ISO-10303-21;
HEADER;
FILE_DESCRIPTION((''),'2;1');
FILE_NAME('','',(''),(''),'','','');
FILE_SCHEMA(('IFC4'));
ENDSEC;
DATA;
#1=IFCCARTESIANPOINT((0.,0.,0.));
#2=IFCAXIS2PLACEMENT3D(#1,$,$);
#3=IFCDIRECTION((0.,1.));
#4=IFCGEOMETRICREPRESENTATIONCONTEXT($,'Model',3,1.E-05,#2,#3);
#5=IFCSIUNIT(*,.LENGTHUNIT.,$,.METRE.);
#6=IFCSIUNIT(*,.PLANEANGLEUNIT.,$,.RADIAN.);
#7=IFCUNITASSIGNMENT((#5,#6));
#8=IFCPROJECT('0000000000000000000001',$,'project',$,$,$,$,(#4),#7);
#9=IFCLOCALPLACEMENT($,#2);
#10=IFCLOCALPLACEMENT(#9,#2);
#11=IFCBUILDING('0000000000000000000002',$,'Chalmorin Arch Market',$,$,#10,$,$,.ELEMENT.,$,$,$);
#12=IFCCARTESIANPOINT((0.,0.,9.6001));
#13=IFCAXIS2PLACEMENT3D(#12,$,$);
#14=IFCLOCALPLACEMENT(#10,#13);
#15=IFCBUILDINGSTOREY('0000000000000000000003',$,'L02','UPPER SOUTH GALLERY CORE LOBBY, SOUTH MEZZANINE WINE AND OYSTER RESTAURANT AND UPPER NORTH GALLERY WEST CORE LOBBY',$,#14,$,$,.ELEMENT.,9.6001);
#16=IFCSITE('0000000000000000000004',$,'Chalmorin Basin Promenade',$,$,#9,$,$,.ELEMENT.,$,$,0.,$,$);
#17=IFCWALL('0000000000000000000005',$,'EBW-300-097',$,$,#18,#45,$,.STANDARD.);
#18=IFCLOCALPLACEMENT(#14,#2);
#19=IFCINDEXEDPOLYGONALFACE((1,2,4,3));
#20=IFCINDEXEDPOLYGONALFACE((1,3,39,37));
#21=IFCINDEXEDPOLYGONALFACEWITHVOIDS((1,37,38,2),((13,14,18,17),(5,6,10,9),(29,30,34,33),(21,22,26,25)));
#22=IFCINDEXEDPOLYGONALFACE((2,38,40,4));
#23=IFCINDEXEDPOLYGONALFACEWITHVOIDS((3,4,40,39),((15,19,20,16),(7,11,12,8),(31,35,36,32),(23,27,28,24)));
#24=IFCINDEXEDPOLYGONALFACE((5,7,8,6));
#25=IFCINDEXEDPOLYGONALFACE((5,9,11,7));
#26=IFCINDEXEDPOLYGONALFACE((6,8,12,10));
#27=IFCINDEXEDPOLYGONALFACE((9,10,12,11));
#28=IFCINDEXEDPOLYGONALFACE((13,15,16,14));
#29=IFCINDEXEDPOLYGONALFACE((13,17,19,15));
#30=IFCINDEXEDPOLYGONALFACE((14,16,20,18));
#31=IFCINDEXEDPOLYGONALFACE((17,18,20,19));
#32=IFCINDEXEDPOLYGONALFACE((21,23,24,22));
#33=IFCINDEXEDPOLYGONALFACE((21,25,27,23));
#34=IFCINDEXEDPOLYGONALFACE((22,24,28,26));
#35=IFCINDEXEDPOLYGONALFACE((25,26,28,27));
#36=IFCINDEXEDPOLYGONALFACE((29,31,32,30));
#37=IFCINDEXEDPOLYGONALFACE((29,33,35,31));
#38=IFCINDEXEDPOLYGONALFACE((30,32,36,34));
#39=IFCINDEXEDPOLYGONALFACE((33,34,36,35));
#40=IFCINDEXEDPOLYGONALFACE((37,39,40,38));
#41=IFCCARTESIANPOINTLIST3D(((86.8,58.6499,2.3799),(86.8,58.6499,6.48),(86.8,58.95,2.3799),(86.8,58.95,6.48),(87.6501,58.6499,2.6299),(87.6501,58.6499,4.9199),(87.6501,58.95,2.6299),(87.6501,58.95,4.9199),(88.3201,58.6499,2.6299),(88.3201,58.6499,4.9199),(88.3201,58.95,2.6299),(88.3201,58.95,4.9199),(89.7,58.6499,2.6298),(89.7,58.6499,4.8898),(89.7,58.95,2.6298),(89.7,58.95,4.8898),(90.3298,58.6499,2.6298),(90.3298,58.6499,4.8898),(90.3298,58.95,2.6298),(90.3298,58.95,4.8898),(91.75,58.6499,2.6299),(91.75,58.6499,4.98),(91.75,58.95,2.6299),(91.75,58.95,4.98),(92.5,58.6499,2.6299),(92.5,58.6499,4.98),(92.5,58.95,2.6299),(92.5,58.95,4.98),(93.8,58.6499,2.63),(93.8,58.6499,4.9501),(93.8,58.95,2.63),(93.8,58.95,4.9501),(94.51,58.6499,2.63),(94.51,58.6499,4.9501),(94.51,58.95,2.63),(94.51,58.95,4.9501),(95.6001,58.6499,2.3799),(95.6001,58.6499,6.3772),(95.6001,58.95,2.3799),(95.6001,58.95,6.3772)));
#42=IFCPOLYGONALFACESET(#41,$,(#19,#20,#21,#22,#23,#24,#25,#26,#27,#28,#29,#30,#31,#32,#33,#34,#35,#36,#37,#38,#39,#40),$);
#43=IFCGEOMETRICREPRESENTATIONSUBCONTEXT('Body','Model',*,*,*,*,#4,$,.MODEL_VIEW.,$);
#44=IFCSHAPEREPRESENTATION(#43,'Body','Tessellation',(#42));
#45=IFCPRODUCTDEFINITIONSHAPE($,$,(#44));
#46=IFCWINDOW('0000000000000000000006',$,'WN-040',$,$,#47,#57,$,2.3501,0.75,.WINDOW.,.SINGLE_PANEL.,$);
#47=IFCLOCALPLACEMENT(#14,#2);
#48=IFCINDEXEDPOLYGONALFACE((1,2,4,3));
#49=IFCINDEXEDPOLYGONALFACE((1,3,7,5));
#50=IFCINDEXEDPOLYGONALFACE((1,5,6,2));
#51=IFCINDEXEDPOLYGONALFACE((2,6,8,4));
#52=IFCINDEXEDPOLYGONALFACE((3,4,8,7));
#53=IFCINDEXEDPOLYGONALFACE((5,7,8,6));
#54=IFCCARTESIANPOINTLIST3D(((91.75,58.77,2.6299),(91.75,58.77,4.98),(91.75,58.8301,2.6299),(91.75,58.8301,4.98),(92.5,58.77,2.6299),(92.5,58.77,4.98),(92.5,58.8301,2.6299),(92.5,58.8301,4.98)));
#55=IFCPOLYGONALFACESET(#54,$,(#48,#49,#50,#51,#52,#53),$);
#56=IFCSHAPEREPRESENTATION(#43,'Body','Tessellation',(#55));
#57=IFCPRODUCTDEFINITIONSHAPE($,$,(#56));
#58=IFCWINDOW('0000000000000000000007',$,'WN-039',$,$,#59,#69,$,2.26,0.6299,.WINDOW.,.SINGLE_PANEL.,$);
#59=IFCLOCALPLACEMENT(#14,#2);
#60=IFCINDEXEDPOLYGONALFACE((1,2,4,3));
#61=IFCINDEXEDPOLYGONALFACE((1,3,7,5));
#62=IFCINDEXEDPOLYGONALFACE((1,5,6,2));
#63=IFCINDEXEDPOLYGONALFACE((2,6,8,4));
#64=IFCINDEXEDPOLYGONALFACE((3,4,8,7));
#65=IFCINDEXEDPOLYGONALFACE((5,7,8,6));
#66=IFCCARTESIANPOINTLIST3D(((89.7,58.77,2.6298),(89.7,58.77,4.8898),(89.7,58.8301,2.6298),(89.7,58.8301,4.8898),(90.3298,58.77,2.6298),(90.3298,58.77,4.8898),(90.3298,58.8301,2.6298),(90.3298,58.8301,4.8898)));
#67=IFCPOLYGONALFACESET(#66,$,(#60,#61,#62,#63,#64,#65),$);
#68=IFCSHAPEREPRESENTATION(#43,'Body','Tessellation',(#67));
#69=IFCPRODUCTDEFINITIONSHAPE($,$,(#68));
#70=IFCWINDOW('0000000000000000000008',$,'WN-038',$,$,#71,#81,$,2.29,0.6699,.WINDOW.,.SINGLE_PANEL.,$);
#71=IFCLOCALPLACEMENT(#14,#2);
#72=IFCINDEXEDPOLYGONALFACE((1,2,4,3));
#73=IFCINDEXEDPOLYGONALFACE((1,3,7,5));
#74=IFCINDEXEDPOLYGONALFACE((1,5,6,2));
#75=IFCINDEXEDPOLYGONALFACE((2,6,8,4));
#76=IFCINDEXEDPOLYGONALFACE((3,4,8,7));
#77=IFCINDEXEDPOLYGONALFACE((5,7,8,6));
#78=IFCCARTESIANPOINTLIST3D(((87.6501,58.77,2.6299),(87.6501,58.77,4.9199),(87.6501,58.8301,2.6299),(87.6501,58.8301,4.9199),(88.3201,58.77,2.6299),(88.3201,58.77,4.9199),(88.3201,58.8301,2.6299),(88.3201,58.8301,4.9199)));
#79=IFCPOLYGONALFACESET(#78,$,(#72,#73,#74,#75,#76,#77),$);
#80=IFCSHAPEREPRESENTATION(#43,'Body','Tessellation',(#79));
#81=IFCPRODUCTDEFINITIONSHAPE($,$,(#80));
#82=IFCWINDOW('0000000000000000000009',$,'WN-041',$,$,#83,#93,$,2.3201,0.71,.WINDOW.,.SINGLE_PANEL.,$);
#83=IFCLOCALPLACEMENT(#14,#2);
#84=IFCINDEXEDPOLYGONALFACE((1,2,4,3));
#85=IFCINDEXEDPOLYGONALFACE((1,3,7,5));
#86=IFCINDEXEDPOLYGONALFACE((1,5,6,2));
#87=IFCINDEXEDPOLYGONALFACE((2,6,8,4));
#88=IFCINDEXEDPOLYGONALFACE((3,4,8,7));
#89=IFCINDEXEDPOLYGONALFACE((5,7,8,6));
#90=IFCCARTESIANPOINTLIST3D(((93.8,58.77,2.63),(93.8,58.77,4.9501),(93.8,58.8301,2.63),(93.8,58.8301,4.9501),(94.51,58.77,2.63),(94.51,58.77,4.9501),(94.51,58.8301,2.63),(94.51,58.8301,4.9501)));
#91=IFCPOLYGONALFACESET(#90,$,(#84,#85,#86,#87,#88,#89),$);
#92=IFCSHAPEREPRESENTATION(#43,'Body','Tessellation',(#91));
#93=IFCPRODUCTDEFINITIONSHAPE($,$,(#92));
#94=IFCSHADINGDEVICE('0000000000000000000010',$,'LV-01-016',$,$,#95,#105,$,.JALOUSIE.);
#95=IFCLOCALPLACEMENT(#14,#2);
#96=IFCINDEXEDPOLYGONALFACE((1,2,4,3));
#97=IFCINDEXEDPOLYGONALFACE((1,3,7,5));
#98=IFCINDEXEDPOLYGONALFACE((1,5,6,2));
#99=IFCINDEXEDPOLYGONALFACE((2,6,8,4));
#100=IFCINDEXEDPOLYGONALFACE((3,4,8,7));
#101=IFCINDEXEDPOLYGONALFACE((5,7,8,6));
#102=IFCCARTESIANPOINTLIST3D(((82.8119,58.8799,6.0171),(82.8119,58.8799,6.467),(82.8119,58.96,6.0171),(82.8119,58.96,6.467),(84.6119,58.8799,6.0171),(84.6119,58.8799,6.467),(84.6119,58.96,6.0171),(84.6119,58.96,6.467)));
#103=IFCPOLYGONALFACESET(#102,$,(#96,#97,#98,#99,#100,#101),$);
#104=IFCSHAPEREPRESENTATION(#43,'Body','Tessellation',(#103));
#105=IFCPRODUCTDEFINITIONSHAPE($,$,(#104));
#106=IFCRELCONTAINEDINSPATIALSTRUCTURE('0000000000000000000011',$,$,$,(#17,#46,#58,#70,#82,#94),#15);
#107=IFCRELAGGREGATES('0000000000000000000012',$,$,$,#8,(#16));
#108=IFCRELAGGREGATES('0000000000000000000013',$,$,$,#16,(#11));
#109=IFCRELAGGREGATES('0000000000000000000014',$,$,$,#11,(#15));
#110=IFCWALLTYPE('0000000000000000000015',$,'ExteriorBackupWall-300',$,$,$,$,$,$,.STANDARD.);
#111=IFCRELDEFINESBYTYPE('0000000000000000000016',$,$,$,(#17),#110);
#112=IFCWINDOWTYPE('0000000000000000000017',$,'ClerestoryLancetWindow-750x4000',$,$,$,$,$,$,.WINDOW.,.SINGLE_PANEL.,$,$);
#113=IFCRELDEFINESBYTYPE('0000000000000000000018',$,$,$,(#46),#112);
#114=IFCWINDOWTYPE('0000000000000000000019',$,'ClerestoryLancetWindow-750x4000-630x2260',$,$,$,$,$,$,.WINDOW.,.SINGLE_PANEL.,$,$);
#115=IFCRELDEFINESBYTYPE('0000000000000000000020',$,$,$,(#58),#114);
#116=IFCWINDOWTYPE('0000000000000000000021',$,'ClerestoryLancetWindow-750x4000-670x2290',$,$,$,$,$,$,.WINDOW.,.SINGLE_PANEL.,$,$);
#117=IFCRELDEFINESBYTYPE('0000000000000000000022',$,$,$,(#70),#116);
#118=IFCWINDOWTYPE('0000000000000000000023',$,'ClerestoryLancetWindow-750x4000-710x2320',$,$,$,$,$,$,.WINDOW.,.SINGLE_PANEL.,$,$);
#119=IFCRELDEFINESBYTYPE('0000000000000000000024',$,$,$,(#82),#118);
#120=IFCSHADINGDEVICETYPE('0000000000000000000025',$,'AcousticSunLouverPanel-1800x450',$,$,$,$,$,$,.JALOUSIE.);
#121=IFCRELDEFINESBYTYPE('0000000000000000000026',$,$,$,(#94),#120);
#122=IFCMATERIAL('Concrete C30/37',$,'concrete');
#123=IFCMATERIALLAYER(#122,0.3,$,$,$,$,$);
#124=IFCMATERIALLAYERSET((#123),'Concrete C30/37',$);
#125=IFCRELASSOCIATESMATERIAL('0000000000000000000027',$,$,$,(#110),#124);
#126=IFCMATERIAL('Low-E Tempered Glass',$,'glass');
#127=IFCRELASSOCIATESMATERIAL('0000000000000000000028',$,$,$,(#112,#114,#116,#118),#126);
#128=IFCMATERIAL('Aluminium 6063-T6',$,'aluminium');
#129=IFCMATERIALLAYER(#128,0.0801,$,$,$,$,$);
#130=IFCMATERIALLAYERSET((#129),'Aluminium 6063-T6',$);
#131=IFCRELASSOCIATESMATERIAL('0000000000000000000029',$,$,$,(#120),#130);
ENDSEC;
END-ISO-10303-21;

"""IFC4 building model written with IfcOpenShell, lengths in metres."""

from ifc_helpers import new_model, si_unit, direction, frame, frame_2d, origin, origin_2d, place, context, subcontext, project, spatial, polyline, rectangle, outline, extrude, material, layer, layer_set, type_object, element, fill, save


model = new_model("IFC4")

# Units and contexts
model_context = context("Model", 3, precision=1e-05, world=origin(), true_north=direction((0.0, 1.0)))
body_context = subcontext(model_context, "Body", "Model", "MODEL_VIEW")
ifc_project = project(units=[si_unit("LENGTHUNIT", "METRE"), si_unit("PLANEANGLEUNIT", "RADIAN")], contexts=[model_context])

# Site, building, storey
site_placement = place(None, origin())
site = spatial("IfcSite", under=ifc_project, at=site_placement, Name="Chalmorin Basin Promenade", CompositionType="ELEMENT", RefElevation=0.0)
building_placement = place(site_placement, origin())
building = spatial("IfcBuilding", under=site, at=building_placement, Name="Chalmorin Arch Market", CompositionType="ELEMENT")
storey_placement = place(building_placement, frame((0.0, 0.0, 9.6001)))
storey = spatial("IfcBuildingStorey", under=building, at=storey_placement, Name="L02", Description="UPPER SOUTH GALLERY CORE LOBBY, SOUTH MEZZANINE WINE AND OYSTER RESTAURANT AND UPPER NORTH GALLERY WEST CORE LOBBY", CompositionType="ELEMENT", Elevation=9.6001)

# Shared definitions
ifc_material_1 = material(Name="Aluminium 6063-T6", Category="aluminium")

# Shared definitions
ifc_material_2 = material(Name="Low-E Tempered Glass", Category="glass")

# Shared definitions
ifc_material_3 = material(Name="Concrete C30/37", Category="concrete")
ifc_layer_1 = layer(ifc_material_3, 0.3)
ifc_layer_set_1 = layer_set([ifc_layer_1], Name="Concrete C30/37")
wall_type = type_object("IfcWallType", Name="ExteriorBackupWall-300", PredefinedType="STANDARD", material=ifc_layer_set_1)

# Wall, openings, windows
wall_1_placement = place(storey_placement, frame((86.8, 58.8, 2.3799), z_axis=(0.0, 0.0, 1.0), x_axis=(1.0, 0.0, 0.0)))
wall_1 = element("IfcWall", 1, at=wall_1_placement, inside=storey, type_object=wall_type, Name="EBW-300-097", PredefinedType="STANDARD", context=body_context, shape_type="SweptSolid", body=[
    extrude(outline(polyline([(0.0, 0.0), (8.8, 0.0), (8.8, 3.9973), (0.0, 4.1001), (0.0, 0.0)])), frame((0.0, 0.1499, 0.0), z_axis=(0.0, -1.0, 0.0), x_axis=(1.0, 0.0, 0.0)), (0.0, 0.0, 1.0), 0.3),
])
opening_1_placement = place(wall_1_placement, frame((0.8501, 0.0, 0.25)))
opening_1 = element("IfcOpeningElement", 2, at=opening_1_placement, cuts=wall_1, PredefinedType="OPENING", context=body_context, shape_type="SweptSolid", body=[
    extrude(rectangle(XDim=0.6699, YDim=2.29, at=frame_2d((0.335, 1.145))), frame((0.0, 0.1599, 0.0), z_axis=(0.0, -1.0, 0.0), x_axis=(1.0, 0.0, 0.0)), (0.0, 0.0, 1.0), 0.3201),
])
opening_2_placement = place(wall_1_placement, frame((2.8999, 0.0, 0.25)))
opening_2 = element("IfcOpeningElement", 3, at=opening_2_placement, cuts=wall_1, PredefinedType="OPENING", context=body_context, shape_type="SweptSolid", body=[
    extrude(rectangle(XDim=0.6299, YDim=2.26, at=frame_2d((0.3149, 1.1299))), frame((0.0, 0.1599, 0.0), z_axis=(0.0, -1.0, 0.0), x_axis=(1.0, 0.0, 0.0)), (0.0, 0.0, 1.0), 0.3201),
])
opening_3_placement = place(wall_1_placement, frame((4.95, 0.0, 0.25)))
opening_3 = element("IfcOpeningElement", 4, at=opening_3_placement, cuts=wall_1, PredefinedType="OPENING", context=body_context, shape_type="SweptSolid", body=[
    extrude(rectangle(XDim=0.75, YDim=2.3501, at=frame_2d((0.375, 1.175))), frame((0.0, 0.1599, 0.0), z_axis=(0.0, -1.0, 0.0), x_axis=(1.0, 0.0, 0.0)), (0.0, 0.0, 1.0), 0.3201),
])
opening_4_placement = place(wall_1_placement, frame((7.0, 0.0, 0.25)))
opening_4 = element("IfcOpeningElement", 5, at=opening_4_placement, cuts=wall_1, PredefinedType="OPENING", context=body_context, shape_type="SweptSolid", body=[
    extrude(rectangle(XDim=0.71, YDim=2.3201, at=frame_2d((0.355, 1.1602))), frame((0.0, 0.1599, 0.0), z_axis=(0.0, -1.0, 0.0), x_axis=(1.0, 0.0, 0.0)), (0.0, 0.0, 1.0), 0.3201),
])
window_type_1 = type_object("IfcWindowType", Name="ClerestoryLancetWindow-750x4000", PartitioningType="SINGLE_PANEL", PredefinedType="WINDOW", material=ifc_material_2)
window_1_placement = place(opening_3_placement, origin())
window_1 = element("IfcWindow", 6, at=window_1_placement, inside=storey, type_object=window_type_1, Name="WN-040", OverallHeight=2.3501, OverallWidth=0.75, PartitioningType="SINGLE_PANEL", PredefinedType="WINDOW", context=body_context, shape_type="SweptSolid", body=[
    extrude(rectangle(XDim=0.75, YDim=2.3501, at=frame_2d((0.375, 1.175))), frame((0.0, 0.03, 0.0), z_axis=(0.0, -1.0, 0.0), x_axis=(1.0, 0.0, 0.0)), (0.0, 0.0, 1.0), 0.0601),
])
fill(opening_3, window_1)
window_type_2 = type_object("IfcWindowType", Name="ClerestoryLancetWindow-750x4000-630x2260", PartitioningType="SINGLE_PANEL", PredefinedType="WINDOW", material=ifc_material_2)
window_2_placement = place(opening_2_placement, origin())
window_2 = element("IfcWindow", 7, at=window_2_placement, inside=storey, type_object=window_type_2, Name="WN-039", OverallHeight=2.26, OverallWidth=0.6299, PartitioningType="SINGLE_PANEL", PredefinedType="WINDOW", context=body_context, shape_type="SweptSolid", body=[
    extrude(rectangle(XDim=0.6299, YDim=2.26, at=frame_2d((0.3149, 1.1299))), frame((0.0, 0.03, 0.0), z_axis=(0.0, -1.0, 0.0), x_axis=(1.0, 0.0, 0.0)), (0.0, 0.0, 1.0), 0.0601),
])
fill(opening_2, window_2)
window_type_3 = type_object("IfcWindowType", Name="ClerestoryLancetWindow-750x4000-670x2290", PartitioningType="SINGLE_PANEL", PredefinedType="WINDOW", material=ifc_material_2)
window_3_placement = place(opening_1_placement, origin())
window_3 = element("IfcWindow", 8, at=window_3_placement, inside=storey, type_object=window_type_3, Name="WN-038", OverallHeight=2.29, OverallWidth=0.6699, PartitioningType="SINGLE_PANEL", PredefinedType="WINDOW", context=body_context, shape_type="SweptSolid", body=[
    extrude(rectangle(XDim=0.6699, YDim=2.29, at=frame_2d((0.335, 1.145))), frame((0.0, 0.03, 0.0), z_axis=(0.0, -1.0, 0.0), x_axis=(1.0, 0.0, 0.0)), (0.0, 0.0, 1.0), 0.0601),
])
fill(opening_1, window_3)
window_type_4 = type_object("IfcWindowType", Name="ClerestoryLancetWindow-750x4000-710x2320", PartitioningType="SINGLE_PANEL", PredefinedType="WINDOW", material=ifc_material_2)
window_4_placement = place(opening_4_placement, origin())
window_4 = element("IfcWindow", 9, at=window_4_placement, inside=storey, type_object=window_type_4, Name="WN-041", OverallHeight=2.3201, OverallWidth=0.71, PartitioningType="SINGLE_PANEL", PredefinedType="WINDOW", context=body_context, shape_type="SweptSolid", body=[
    extrude(rectangle(XDim=0.71, YDim=2.3201, at=frame_2d((0.355, 1.1602))), frame((0.0, 0.03, 0.0), z_axis=(0.0, -1.0, 0.0), x_axis=(1.0, 0.0, 0.0)), (0.0, 0.0, 1.0), 0.0601),
])
fill(opening_4, window_4)

# Shading device
ifc_layer_2 = layer(ifc_material_1, 0.0801)
ifc_layer_set_2 = layer_set([ifc_layer_2], Name="Aluminium 6063-T6")
shading_device_type = type_object("IfcShadingDeviceType", Name="AcousticSunLouverPanel-1800x450", PredefinedType="JALOUSIE", material=ifc_layer_set_2)
shading_device_placement = place(storey_placement, frame((83.7119, 58.9199, 6.0171), z_axis=(0.0, 0.0, 1.0), x_axis=(1.0, 0.0, 0.0)))
element("IfcShadingDevice", 10, at=shading_device_placement, inside=storey, type_object=shading_device_type, Name="LV-01-016", PredefinedType="JALOUSIE", context=body_context, shape_type="SweptSolid", body=[
    extrude(rectangle(XDim=1.8, YDim=0.0801, at=origin_2d()), origin(), (0.0, 0.0, 1.0), 0.45),
])

save(model, "model.ifc")
